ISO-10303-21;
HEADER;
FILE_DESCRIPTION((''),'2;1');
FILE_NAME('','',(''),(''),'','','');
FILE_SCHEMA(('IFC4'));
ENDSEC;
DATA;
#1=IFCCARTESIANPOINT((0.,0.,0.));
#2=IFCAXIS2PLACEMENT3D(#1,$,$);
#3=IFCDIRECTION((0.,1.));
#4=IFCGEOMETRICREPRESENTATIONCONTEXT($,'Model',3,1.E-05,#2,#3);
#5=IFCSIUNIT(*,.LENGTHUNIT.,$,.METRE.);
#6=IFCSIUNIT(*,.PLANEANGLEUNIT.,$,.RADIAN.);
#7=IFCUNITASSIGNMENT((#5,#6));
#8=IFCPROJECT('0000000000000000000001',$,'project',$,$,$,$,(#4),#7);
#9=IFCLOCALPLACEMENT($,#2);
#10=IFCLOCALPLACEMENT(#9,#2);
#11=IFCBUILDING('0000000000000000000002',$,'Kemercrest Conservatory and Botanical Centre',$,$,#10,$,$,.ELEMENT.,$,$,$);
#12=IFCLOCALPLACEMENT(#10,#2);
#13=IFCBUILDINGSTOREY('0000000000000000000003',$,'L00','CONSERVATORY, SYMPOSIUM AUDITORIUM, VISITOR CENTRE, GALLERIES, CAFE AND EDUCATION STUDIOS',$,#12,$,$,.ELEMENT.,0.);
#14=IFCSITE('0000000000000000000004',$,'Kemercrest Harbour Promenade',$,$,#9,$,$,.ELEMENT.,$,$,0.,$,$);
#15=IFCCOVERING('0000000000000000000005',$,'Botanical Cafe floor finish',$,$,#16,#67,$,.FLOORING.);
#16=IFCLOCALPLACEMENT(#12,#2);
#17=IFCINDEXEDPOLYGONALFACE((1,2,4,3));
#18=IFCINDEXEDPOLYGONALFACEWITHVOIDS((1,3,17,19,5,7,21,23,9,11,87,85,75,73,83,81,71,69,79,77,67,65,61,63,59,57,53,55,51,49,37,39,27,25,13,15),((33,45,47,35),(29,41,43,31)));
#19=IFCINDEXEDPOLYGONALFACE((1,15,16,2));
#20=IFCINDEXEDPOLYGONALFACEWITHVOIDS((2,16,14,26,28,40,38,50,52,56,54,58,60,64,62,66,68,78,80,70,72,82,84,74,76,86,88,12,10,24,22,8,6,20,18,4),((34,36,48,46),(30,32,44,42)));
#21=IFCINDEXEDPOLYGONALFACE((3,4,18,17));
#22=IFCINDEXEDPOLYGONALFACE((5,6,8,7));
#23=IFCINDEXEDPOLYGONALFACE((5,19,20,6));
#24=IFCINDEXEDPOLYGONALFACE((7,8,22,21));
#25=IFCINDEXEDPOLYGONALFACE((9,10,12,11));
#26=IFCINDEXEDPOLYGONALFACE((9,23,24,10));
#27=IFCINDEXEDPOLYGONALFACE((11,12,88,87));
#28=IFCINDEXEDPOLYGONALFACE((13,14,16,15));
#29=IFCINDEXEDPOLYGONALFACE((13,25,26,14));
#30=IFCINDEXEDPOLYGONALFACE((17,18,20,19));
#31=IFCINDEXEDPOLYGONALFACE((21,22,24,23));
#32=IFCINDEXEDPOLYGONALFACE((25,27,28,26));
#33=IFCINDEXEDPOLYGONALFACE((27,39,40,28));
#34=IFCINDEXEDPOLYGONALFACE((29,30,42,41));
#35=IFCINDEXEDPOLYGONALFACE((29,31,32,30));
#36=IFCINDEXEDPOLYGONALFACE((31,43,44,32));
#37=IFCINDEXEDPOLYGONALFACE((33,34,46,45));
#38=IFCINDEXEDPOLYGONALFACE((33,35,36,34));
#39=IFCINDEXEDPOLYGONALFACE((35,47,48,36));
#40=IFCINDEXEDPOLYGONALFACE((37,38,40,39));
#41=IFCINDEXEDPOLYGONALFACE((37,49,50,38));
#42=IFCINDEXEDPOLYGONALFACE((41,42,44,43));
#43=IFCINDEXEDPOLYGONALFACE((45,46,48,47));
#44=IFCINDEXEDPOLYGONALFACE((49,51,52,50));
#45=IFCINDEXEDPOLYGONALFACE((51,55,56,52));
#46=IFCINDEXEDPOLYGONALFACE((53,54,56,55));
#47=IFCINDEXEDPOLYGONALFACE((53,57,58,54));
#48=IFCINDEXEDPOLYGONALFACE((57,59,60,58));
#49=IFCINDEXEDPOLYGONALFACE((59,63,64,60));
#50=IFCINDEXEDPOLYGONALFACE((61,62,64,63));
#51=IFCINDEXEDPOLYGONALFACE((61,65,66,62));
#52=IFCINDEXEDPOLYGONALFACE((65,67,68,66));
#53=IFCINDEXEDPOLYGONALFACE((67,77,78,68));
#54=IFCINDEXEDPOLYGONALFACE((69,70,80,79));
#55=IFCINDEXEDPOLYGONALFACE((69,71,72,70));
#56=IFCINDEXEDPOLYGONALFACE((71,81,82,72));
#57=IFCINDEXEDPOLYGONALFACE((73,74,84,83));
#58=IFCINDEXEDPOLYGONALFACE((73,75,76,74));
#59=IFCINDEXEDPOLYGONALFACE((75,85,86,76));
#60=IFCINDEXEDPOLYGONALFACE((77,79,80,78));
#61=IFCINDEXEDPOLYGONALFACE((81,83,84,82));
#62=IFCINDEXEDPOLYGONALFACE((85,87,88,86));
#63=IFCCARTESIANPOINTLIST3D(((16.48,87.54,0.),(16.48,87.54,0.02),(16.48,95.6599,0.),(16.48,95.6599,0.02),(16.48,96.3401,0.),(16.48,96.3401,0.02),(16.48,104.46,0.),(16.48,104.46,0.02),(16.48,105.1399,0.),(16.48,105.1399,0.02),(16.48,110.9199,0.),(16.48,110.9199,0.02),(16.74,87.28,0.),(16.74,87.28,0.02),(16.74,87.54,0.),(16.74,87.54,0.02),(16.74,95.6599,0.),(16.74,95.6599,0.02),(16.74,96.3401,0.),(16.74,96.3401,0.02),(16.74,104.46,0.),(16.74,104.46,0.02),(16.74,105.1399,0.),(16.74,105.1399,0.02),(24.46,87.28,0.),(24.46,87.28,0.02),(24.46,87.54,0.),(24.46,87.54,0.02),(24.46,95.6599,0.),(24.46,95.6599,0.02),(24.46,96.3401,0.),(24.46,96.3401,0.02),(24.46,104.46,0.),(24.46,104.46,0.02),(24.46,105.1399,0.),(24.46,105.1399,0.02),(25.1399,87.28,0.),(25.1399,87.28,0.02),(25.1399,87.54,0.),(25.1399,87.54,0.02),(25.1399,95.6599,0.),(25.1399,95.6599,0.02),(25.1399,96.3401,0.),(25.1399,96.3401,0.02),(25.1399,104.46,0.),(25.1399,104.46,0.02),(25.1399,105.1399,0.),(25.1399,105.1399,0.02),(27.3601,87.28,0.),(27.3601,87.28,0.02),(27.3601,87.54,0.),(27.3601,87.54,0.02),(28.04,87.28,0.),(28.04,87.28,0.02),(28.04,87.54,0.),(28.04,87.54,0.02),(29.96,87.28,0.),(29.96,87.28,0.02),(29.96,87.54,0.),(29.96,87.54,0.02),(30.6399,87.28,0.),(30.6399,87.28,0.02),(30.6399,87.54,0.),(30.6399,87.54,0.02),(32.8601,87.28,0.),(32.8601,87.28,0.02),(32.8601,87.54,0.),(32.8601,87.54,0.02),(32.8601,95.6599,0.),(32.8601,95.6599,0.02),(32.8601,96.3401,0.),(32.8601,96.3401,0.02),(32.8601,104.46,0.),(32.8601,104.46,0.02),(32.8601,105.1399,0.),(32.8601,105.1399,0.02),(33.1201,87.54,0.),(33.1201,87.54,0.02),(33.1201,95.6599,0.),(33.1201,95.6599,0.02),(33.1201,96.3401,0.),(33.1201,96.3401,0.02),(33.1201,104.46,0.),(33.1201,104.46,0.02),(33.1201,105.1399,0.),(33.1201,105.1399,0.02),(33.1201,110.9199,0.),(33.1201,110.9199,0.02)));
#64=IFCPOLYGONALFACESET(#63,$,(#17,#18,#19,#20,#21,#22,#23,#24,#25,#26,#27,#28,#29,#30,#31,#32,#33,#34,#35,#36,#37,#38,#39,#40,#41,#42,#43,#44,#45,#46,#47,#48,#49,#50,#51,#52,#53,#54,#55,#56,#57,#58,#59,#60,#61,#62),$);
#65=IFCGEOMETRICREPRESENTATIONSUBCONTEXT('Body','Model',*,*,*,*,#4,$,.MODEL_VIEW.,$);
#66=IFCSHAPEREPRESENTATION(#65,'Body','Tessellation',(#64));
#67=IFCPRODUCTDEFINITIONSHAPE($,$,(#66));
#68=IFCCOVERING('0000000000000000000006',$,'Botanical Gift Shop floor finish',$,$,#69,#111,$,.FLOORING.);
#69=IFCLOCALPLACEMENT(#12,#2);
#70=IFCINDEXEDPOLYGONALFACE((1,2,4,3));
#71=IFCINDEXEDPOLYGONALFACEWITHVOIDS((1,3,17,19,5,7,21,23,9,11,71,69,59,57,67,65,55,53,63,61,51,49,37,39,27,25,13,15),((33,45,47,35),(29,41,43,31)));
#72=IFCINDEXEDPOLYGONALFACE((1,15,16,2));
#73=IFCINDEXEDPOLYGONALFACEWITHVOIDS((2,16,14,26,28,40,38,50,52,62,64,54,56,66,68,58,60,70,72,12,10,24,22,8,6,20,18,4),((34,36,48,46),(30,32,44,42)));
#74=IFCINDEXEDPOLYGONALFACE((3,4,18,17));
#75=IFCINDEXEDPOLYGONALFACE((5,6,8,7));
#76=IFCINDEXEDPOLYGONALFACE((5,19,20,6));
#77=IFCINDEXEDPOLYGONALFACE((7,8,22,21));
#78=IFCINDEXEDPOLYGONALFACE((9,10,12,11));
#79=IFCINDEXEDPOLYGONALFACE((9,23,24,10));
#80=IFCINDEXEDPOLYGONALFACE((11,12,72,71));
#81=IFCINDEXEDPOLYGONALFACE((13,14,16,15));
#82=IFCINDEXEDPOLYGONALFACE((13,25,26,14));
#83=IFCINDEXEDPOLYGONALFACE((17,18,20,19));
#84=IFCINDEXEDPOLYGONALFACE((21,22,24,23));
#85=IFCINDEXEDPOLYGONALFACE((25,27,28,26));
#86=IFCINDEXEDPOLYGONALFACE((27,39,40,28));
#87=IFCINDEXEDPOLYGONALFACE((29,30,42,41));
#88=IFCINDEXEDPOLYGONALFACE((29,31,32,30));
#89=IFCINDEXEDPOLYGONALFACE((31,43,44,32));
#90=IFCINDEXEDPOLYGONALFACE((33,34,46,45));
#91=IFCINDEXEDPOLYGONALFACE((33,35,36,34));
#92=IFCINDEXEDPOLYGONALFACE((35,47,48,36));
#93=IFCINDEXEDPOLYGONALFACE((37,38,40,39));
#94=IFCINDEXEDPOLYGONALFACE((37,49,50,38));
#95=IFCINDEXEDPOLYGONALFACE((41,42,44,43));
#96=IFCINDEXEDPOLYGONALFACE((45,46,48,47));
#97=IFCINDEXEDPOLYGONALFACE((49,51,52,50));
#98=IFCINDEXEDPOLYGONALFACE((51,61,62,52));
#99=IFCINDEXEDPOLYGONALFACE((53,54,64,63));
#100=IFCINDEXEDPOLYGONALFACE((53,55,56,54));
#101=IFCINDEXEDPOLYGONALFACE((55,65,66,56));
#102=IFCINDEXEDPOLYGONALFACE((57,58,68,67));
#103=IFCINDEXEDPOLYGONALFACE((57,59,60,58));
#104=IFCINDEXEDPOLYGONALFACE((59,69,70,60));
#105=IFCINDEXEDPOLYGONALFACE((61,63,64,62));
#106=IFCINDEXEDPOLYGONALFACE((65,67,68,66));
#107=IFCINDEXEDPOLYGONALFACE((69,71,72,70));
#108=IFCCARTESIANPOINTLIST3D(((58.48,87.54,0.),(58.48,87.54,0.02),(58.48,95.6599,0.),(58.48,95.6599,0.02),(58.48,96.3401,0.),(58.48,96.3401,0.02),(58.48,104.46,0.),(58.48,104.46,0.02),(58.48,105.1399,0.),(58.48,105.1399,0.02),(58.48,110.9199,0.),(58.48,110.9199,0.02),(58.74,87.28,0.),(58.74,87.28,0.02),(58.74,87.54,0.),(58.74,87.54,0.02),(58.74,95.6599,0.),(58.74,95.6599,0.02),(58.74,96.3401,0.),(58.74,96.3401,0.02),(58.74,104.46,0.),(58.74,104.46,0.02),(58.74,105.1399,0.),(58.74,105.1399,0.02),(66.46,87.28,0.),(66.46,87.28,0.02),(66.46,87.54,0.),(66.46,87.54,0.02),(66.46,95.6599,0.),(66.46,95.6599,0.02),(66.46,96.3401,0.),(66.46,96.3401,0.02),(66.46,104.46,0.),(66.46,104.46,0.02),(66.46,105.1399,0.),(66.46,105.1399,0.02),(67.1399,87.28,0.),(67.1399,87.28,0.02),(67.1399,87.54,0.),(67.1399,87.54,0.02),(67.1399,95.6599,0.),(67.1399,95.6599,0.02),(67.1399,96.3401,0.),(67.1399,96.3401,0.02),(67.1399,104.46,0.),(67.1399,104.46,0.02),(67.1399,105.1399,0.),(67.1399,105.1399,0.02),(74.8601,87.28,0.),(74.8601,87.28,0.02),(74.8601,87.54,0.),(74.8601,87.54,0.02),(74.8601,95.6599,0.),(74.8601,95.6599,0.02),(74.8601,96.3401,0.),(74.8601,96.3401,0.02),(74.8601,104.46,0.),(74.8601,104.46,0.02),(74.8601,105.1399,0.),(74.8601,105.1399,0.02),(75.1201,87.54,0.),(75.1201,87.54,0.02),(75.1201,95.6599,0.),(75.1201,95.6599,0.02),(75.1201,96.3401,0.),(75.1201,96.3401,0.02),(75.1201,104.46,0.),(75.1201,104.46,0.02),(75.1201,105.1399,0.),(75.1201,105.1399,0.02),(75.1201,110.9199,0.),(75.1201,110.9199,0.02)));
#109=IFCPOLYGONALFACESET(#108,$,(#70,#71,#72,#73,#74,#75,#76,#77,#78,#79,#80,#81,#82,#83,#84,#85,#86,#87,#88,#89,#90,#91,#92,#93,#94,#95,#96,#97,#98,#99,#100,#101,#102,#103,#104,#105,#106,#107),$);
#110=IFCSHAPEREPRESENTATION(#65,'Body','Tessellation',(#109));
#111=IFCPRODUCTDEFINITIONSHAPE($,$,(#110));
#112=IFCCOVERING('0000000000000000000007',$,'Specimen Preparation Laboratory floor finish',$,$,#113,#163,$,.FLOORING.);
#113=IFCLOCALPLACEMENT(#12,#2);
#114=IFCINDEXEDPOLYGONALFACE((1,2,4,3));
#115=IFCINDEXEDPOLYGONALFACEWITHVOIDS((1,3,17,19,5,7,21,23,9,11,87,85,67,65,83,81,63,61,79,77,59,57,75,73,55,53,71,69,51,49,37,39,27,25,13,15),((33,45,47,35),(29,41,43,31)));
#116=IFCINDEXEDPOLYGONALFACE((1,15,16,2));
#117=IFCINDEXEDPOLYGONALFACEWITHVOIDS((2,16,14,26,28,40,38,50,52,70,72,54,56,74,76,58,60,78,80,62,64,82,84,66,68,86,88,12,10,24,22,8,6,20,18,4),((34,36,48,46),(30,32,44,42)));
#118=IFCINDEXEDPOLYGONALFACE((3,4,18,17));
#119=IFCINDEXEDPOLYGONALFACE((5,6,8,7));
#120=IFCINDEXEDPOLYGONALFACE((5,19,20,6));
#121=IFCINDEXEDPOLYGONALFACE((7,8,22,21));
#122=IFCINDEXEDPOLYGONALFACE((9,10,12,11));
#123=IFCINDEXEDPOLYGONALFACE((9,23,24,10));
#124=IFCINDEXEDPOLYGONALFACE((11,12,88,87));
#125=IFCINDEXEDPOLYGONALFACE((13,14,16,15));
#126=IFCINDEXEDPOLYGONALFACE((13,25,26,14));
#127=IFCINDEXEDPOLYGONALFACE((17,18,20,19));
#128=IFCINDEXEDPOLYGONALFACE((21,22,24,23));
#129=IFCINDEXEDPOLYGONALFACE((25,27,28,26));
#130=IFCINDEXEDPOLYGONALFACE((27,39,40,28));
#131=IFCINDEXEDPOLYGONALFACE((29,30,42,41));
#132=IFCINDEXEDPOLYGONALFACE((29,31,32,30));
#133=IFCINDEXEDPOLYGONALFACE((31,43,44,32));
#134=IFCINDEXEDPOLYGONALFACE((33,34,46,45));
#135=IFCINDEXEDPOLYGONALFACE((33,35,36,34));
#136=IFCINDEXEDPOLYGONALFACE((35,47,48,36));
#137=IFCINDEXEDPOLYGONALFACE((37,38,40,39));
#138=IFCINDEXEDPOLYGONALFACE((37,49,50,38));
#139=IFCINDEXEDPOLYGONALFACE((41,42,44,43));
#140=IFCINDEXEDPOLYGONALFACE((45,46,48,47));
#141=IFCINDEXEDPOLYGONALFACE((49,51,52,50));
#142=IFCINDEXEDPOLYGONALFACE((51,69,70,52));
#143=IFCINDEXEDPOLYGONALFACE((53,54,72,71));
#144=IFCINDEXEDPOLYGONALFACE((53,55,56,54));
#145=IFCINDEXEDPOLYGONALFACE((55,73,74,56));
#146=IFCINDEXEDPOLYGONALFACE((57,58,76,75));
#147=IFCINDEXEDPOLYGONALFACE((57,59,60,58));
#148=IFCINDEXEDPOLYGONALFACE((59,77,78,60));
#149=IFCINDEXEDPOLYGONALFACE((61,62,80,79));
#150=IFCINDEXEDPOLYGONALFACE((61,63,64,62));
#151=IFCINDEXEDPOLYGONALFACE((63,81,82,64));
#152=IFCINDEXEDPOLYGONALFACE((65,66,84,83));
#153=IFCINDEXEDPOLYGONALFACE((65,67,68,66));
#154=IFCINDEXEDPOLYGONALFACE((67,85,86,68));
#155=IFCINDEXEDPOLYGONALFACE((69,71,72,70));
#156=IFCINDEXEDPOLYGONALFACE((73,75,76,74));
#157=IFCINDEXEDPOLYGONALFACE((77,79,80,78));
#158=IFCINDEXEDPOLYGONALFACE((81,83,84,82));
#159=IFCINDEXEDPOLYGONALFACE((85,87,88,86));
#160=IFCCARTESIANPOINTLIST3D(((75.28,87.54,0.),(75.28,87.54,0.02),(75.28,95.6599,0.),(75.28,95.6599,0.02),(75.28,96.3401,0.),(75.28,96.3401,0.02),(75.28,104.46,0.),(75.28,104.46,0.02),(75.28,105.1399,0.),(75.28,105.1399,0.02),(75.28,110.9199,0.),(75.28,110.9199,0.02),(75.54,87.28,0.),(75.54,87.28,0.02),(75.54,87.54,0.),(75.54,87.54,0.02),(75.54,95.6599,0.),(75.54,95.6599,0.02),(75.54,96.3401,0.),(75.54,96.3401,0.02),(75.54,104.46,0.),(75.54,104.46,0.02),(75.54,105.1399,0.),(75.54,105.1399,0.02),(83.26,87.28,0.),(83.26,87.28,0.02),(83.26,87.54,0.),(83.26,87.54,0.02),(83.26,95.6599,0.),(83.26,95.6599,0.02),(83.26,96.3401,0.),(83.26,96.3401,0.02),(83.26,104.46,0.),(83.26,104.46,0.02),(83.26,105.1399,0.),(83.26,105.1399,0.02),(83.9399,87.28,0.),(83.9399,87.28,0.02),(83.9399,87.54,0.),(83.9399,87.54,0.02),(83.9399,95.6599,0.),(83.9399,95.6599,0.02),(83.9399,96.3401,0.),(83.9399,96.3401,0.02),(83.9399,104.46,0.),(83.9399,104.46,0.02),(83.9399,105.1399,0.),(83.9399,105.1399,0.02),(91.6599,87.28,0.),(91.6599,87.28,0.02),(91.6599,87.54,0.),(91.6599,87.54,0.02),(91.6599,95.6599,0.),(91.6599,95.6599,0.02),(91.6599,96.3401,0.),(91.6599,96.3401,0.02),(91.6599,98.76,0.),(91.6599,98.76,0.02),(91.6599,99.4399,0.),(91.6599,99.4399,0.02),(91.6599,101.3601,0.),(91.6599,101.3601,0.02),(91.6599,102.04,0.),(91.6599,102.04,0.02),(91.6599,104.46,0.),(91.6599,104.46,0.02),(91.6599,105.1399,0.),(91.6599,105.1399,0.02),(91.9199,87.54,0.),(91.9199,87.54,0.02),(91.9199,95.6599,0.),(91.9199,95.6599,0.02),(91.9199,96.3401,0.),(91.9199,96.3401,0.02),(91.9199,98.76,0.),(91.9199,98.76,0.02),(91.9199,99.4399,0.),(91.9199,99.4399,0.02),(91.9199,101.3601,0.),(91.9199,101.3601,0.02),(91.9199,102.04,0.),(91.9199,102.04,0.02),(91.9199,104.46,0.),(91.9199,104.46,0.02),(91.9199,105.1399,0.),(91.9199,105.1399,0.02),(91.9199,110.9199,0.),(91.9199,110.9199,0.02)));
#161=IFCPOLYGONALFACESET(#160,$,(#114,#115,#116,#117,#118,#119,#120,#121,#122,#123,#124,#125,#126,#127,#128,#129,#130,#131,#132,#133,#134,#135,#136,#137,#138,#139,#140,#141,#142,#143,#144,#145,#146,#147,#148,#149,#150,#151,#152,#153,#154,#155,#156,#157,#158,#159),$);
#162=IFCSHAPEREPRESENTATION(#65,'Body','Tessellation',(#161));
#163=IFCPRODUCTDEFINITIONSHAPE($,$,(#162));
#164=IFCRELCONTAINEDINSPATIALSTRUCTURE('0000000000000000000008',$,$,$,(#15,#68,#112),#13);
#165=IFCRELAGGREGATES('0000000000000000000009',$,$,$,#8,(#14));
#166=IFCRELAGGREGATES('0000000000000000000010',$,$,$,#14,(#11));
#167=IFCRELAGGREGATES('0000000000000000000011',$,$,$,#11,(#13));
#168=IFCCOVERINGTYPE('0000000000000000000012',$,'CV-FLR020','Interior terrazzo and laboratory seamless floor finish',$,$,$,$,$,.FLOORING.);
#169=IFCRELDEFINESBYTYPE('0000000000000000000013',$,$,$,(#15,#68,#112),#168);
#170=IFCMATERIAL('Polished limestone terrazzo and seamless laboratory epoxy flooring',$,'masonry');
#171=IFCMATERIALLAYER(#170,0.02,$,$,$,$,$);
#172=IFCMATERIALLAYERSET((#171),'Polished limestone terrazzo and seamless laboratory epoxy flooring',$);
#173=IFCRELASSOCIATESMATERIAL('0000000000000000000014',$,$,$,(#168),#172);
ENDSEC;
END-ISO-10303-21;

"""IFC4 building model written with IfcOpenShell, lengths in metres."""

from ifc_helpers import new_model, si_unit, direction, origin, place, context, subcontext, project, spatial, polyline, outline, extrude, material, layer, layer_set, type_object, element, save


model = new_model("IFC4")

# Units and contexts
model_context = context("Model", 3, precision=1e-05, world=origin(), true_north=direction((0.0, 1.0)))
body_context = subcontext(model_context, "Body", "Model", "MODEL_VIEW")
ifc_project = project(units=[si_unit("LENGTHUNIT", "METRE"), si_unit("PLANEANGLEUNIT", "RADIAN")], contexts=[model_context])

# Site, building, storey
site_placement = place(None, origin())
site = spatial("IfcSite", under=ifc_project, at=site_placement, Name="Kemercrest Harbour Promenade", CompositionType="ELEMENT", RefElevation=0.0)
building_placement = place(site_placement, origin())
building = spatial("IfcBuilding", under=site, at=building_placement, Name="Kemercrest Conservatory and Botanical Centre", CompositionType="ELEMENT")
storey_placement = place(building_placement, origin())
storey = spatial("IfcBuildingStorey", under=building, at=storey_placement, Name="L00", Description="CONSERVATORY, SYMPOSIUM AUDITORIUM, VISITOR CENTRE, GALLERIES, CAFE AND EDUCATION STUDIOS", CompositionType="ELEMENT", Elevation=0.0)

# Coverings
ifc_material = material(Name="Polished limestone terrazzo and seamless laboratory epoxy flooring", Category="masonry")
ifc_layer = layer(ifc_material, 0.02)
ifc_layer_set = layer_set([ifc_layer], Name="Polished limestone terrazzo and seamless laboratory epoxy flooring")
covering_type = type_object("IfcCoveringType", Name="CV-FLR020", Description="Interior terrazzo and laboratory seamless floor finish", PredefinedType="FLOORING", material=ifc_layer_set)
covering_1_placement = place(storey_placement, origin())
element("IfcCovering", 1, at=covering_1_placement, inside=storey, type_object=covering_type, Name="Botanical Cafe floor finish", PredefinedType="FLOORING", context=body_context, shape_type="SweptSolid", body=[
    extrude(outline(polyline([(29.96, 87.54), (30.6399, 87.54), (30.6399, 87.28), (32.8601, 87.28), (32.8601, 87.54), (33.1201, 87.54), (33.1201, 95.6599), (32.8601, 95.6599), (32.8601, 96.3401), (33.1201, 96.3401), (33.1201, 104.46), (32.8601, 104.46), (32.8601, 105.1399), (33.1201, 105.1399), (33.1201, 110.9199), (16.48, 110.9199), (16.48, 105.1399), (16.74, 105.1399), (16.74, 104.46), (16.48, 104.46), (16.48, 96.3401), (16.74, 96.3401), (16.74, 95.6599), (16.48, 95.6599), (16.48, 87.54), (16.74, 87.54), (16.74, 87.28), (24.46, 87.28), (24.46, 87.54), (25.1399, 87.54), (25.1399, 87.28), (27.3601, 87.28), (27.3601, 87.54), (28.04, 87.54), (28.04, 87.28), (29.96, 87.28), (29.96, 87.54)]), holes=[polyline([(24.46, 95.6599), (24.46, 96.3401), (25.1399, 96.3401), (25.1399, 95.6599), (24.46, 95.6599)]), polyline([(24.46, 104.46), (24.46, 105.1399), (25.1399, 105.1399), (25.1399, 104.46), (24.46, 104.46)])]), origin(), (0.0, 0.0, 1.0), 0.02),
])
covering_2_placement = place(storey_placement, origin())
element("IfcCovering", 2, at=covering_2_placement, inside=storey, type_object=covering_type, Name="Botanical Gift Shop floor finish", PredefinedType="FLOORING", context=body_context, shape_type="SweptSolid", body=[
    extrude(outline(polyline([(66.46, 87.54), (67.1399, 87.54), (67.1399, 87.28), (74.8601, 87.28), (74.8601, 87.54), (75.1201, 87.54), (75.1201, 95.6599), (74.8601, 95.6599), (74.8601, 96.3401), (75.1201, 96.3401), (75.1201, 104.46), (74.8601, 104.46), (74.8601, 105.1399), (75.1201, 105.1399), (75.1201, 110.9199), (58.48, 110.9199), (58.48, 105.1399), (58.74, 105.1399), (58.74, 104.46), (58.48, 104.46), (58.48, 96.3401), (58.74, 96.3401), (58.74, 95.6599), (58.48, 95.6599), (58.48, 87.54), (58.74, 87.54), (58.74, 87.28), (66.46, 87.28), (66.46, 87.54)]), holes=[polyline([(66.46, 95.6599), (66.46, 96.3401), (67.1399, 96.3401), (67.1399, 95.6599), (66.46, 95.6599)]), polyline([(66.46, 104.46), (66.46, 105.1399), (67.1399, 105.1399), (67.1399, 104.46), (66.46, 104.46)])]), origin(), (0.0, 0.0, 1.0), 0.02),
])
covering_3_placement = place(storey_placement, origin())
element("IfcCovering", 3, at=covering_3_placement, inside=storey, type_object=covering_type, Name="Specimen Preparation Laboratory floor finish", PredefinedType="FLOORING", context=body_context, shape_type="SweptSolid", body=[
    extrude(outline(polyline([(83.26, 87.54), (83.9399, 87.54), (83.9399, 87.28), (91.6599, 87.28), (91.6599, 87.54), (91.9199, 87.54), (91.9199, 95.6599), (91.6599, 95.6599), (91.6599, 96.3401), (91.9199, 96.3401), (91.9199, 98.76), (91.6599, 98.76), (91.6599, 99.4399), (91.9199, 99.4399), (91.9199, 101.3601), (91.6599, 101.3601), (91.6599, 102.04), (91.9199, 102.04), (91.9199, 104.46), (91.6599, 104.46), (91.6599, 105.1399), (91.9199, 105.1399), (91.9199, 110.9199), (75.28, 110.9199), (75.28, 105.1399), (75.54, 105.1399), (75.54, 104.46), (75.28, 104.46), (75.28, 96.3401), (75.54, 96.3401), (75.54, 95.6599), (75.28, 95.6599), (75.28, 87.54), (75.54, 87.54), (75.54, 87.28), (83.26, 87.28), (83.26, 87.54)]), holes=[polyline([(83.26, 95.6599), (83.26, 96.3401), (83.9399, 96.3401), (83.9399, 95.6599), (83.26, 95.6599)]), polyline([(83.26, 104.46), (83.26, 105.1399), (83.9399, 105.1399), (83.9399, 104.46), (83.26, 104.46)])]), origin(), (0.0, 0.0, 1.0), 0.02),
])

save(model, "model.ifc")
